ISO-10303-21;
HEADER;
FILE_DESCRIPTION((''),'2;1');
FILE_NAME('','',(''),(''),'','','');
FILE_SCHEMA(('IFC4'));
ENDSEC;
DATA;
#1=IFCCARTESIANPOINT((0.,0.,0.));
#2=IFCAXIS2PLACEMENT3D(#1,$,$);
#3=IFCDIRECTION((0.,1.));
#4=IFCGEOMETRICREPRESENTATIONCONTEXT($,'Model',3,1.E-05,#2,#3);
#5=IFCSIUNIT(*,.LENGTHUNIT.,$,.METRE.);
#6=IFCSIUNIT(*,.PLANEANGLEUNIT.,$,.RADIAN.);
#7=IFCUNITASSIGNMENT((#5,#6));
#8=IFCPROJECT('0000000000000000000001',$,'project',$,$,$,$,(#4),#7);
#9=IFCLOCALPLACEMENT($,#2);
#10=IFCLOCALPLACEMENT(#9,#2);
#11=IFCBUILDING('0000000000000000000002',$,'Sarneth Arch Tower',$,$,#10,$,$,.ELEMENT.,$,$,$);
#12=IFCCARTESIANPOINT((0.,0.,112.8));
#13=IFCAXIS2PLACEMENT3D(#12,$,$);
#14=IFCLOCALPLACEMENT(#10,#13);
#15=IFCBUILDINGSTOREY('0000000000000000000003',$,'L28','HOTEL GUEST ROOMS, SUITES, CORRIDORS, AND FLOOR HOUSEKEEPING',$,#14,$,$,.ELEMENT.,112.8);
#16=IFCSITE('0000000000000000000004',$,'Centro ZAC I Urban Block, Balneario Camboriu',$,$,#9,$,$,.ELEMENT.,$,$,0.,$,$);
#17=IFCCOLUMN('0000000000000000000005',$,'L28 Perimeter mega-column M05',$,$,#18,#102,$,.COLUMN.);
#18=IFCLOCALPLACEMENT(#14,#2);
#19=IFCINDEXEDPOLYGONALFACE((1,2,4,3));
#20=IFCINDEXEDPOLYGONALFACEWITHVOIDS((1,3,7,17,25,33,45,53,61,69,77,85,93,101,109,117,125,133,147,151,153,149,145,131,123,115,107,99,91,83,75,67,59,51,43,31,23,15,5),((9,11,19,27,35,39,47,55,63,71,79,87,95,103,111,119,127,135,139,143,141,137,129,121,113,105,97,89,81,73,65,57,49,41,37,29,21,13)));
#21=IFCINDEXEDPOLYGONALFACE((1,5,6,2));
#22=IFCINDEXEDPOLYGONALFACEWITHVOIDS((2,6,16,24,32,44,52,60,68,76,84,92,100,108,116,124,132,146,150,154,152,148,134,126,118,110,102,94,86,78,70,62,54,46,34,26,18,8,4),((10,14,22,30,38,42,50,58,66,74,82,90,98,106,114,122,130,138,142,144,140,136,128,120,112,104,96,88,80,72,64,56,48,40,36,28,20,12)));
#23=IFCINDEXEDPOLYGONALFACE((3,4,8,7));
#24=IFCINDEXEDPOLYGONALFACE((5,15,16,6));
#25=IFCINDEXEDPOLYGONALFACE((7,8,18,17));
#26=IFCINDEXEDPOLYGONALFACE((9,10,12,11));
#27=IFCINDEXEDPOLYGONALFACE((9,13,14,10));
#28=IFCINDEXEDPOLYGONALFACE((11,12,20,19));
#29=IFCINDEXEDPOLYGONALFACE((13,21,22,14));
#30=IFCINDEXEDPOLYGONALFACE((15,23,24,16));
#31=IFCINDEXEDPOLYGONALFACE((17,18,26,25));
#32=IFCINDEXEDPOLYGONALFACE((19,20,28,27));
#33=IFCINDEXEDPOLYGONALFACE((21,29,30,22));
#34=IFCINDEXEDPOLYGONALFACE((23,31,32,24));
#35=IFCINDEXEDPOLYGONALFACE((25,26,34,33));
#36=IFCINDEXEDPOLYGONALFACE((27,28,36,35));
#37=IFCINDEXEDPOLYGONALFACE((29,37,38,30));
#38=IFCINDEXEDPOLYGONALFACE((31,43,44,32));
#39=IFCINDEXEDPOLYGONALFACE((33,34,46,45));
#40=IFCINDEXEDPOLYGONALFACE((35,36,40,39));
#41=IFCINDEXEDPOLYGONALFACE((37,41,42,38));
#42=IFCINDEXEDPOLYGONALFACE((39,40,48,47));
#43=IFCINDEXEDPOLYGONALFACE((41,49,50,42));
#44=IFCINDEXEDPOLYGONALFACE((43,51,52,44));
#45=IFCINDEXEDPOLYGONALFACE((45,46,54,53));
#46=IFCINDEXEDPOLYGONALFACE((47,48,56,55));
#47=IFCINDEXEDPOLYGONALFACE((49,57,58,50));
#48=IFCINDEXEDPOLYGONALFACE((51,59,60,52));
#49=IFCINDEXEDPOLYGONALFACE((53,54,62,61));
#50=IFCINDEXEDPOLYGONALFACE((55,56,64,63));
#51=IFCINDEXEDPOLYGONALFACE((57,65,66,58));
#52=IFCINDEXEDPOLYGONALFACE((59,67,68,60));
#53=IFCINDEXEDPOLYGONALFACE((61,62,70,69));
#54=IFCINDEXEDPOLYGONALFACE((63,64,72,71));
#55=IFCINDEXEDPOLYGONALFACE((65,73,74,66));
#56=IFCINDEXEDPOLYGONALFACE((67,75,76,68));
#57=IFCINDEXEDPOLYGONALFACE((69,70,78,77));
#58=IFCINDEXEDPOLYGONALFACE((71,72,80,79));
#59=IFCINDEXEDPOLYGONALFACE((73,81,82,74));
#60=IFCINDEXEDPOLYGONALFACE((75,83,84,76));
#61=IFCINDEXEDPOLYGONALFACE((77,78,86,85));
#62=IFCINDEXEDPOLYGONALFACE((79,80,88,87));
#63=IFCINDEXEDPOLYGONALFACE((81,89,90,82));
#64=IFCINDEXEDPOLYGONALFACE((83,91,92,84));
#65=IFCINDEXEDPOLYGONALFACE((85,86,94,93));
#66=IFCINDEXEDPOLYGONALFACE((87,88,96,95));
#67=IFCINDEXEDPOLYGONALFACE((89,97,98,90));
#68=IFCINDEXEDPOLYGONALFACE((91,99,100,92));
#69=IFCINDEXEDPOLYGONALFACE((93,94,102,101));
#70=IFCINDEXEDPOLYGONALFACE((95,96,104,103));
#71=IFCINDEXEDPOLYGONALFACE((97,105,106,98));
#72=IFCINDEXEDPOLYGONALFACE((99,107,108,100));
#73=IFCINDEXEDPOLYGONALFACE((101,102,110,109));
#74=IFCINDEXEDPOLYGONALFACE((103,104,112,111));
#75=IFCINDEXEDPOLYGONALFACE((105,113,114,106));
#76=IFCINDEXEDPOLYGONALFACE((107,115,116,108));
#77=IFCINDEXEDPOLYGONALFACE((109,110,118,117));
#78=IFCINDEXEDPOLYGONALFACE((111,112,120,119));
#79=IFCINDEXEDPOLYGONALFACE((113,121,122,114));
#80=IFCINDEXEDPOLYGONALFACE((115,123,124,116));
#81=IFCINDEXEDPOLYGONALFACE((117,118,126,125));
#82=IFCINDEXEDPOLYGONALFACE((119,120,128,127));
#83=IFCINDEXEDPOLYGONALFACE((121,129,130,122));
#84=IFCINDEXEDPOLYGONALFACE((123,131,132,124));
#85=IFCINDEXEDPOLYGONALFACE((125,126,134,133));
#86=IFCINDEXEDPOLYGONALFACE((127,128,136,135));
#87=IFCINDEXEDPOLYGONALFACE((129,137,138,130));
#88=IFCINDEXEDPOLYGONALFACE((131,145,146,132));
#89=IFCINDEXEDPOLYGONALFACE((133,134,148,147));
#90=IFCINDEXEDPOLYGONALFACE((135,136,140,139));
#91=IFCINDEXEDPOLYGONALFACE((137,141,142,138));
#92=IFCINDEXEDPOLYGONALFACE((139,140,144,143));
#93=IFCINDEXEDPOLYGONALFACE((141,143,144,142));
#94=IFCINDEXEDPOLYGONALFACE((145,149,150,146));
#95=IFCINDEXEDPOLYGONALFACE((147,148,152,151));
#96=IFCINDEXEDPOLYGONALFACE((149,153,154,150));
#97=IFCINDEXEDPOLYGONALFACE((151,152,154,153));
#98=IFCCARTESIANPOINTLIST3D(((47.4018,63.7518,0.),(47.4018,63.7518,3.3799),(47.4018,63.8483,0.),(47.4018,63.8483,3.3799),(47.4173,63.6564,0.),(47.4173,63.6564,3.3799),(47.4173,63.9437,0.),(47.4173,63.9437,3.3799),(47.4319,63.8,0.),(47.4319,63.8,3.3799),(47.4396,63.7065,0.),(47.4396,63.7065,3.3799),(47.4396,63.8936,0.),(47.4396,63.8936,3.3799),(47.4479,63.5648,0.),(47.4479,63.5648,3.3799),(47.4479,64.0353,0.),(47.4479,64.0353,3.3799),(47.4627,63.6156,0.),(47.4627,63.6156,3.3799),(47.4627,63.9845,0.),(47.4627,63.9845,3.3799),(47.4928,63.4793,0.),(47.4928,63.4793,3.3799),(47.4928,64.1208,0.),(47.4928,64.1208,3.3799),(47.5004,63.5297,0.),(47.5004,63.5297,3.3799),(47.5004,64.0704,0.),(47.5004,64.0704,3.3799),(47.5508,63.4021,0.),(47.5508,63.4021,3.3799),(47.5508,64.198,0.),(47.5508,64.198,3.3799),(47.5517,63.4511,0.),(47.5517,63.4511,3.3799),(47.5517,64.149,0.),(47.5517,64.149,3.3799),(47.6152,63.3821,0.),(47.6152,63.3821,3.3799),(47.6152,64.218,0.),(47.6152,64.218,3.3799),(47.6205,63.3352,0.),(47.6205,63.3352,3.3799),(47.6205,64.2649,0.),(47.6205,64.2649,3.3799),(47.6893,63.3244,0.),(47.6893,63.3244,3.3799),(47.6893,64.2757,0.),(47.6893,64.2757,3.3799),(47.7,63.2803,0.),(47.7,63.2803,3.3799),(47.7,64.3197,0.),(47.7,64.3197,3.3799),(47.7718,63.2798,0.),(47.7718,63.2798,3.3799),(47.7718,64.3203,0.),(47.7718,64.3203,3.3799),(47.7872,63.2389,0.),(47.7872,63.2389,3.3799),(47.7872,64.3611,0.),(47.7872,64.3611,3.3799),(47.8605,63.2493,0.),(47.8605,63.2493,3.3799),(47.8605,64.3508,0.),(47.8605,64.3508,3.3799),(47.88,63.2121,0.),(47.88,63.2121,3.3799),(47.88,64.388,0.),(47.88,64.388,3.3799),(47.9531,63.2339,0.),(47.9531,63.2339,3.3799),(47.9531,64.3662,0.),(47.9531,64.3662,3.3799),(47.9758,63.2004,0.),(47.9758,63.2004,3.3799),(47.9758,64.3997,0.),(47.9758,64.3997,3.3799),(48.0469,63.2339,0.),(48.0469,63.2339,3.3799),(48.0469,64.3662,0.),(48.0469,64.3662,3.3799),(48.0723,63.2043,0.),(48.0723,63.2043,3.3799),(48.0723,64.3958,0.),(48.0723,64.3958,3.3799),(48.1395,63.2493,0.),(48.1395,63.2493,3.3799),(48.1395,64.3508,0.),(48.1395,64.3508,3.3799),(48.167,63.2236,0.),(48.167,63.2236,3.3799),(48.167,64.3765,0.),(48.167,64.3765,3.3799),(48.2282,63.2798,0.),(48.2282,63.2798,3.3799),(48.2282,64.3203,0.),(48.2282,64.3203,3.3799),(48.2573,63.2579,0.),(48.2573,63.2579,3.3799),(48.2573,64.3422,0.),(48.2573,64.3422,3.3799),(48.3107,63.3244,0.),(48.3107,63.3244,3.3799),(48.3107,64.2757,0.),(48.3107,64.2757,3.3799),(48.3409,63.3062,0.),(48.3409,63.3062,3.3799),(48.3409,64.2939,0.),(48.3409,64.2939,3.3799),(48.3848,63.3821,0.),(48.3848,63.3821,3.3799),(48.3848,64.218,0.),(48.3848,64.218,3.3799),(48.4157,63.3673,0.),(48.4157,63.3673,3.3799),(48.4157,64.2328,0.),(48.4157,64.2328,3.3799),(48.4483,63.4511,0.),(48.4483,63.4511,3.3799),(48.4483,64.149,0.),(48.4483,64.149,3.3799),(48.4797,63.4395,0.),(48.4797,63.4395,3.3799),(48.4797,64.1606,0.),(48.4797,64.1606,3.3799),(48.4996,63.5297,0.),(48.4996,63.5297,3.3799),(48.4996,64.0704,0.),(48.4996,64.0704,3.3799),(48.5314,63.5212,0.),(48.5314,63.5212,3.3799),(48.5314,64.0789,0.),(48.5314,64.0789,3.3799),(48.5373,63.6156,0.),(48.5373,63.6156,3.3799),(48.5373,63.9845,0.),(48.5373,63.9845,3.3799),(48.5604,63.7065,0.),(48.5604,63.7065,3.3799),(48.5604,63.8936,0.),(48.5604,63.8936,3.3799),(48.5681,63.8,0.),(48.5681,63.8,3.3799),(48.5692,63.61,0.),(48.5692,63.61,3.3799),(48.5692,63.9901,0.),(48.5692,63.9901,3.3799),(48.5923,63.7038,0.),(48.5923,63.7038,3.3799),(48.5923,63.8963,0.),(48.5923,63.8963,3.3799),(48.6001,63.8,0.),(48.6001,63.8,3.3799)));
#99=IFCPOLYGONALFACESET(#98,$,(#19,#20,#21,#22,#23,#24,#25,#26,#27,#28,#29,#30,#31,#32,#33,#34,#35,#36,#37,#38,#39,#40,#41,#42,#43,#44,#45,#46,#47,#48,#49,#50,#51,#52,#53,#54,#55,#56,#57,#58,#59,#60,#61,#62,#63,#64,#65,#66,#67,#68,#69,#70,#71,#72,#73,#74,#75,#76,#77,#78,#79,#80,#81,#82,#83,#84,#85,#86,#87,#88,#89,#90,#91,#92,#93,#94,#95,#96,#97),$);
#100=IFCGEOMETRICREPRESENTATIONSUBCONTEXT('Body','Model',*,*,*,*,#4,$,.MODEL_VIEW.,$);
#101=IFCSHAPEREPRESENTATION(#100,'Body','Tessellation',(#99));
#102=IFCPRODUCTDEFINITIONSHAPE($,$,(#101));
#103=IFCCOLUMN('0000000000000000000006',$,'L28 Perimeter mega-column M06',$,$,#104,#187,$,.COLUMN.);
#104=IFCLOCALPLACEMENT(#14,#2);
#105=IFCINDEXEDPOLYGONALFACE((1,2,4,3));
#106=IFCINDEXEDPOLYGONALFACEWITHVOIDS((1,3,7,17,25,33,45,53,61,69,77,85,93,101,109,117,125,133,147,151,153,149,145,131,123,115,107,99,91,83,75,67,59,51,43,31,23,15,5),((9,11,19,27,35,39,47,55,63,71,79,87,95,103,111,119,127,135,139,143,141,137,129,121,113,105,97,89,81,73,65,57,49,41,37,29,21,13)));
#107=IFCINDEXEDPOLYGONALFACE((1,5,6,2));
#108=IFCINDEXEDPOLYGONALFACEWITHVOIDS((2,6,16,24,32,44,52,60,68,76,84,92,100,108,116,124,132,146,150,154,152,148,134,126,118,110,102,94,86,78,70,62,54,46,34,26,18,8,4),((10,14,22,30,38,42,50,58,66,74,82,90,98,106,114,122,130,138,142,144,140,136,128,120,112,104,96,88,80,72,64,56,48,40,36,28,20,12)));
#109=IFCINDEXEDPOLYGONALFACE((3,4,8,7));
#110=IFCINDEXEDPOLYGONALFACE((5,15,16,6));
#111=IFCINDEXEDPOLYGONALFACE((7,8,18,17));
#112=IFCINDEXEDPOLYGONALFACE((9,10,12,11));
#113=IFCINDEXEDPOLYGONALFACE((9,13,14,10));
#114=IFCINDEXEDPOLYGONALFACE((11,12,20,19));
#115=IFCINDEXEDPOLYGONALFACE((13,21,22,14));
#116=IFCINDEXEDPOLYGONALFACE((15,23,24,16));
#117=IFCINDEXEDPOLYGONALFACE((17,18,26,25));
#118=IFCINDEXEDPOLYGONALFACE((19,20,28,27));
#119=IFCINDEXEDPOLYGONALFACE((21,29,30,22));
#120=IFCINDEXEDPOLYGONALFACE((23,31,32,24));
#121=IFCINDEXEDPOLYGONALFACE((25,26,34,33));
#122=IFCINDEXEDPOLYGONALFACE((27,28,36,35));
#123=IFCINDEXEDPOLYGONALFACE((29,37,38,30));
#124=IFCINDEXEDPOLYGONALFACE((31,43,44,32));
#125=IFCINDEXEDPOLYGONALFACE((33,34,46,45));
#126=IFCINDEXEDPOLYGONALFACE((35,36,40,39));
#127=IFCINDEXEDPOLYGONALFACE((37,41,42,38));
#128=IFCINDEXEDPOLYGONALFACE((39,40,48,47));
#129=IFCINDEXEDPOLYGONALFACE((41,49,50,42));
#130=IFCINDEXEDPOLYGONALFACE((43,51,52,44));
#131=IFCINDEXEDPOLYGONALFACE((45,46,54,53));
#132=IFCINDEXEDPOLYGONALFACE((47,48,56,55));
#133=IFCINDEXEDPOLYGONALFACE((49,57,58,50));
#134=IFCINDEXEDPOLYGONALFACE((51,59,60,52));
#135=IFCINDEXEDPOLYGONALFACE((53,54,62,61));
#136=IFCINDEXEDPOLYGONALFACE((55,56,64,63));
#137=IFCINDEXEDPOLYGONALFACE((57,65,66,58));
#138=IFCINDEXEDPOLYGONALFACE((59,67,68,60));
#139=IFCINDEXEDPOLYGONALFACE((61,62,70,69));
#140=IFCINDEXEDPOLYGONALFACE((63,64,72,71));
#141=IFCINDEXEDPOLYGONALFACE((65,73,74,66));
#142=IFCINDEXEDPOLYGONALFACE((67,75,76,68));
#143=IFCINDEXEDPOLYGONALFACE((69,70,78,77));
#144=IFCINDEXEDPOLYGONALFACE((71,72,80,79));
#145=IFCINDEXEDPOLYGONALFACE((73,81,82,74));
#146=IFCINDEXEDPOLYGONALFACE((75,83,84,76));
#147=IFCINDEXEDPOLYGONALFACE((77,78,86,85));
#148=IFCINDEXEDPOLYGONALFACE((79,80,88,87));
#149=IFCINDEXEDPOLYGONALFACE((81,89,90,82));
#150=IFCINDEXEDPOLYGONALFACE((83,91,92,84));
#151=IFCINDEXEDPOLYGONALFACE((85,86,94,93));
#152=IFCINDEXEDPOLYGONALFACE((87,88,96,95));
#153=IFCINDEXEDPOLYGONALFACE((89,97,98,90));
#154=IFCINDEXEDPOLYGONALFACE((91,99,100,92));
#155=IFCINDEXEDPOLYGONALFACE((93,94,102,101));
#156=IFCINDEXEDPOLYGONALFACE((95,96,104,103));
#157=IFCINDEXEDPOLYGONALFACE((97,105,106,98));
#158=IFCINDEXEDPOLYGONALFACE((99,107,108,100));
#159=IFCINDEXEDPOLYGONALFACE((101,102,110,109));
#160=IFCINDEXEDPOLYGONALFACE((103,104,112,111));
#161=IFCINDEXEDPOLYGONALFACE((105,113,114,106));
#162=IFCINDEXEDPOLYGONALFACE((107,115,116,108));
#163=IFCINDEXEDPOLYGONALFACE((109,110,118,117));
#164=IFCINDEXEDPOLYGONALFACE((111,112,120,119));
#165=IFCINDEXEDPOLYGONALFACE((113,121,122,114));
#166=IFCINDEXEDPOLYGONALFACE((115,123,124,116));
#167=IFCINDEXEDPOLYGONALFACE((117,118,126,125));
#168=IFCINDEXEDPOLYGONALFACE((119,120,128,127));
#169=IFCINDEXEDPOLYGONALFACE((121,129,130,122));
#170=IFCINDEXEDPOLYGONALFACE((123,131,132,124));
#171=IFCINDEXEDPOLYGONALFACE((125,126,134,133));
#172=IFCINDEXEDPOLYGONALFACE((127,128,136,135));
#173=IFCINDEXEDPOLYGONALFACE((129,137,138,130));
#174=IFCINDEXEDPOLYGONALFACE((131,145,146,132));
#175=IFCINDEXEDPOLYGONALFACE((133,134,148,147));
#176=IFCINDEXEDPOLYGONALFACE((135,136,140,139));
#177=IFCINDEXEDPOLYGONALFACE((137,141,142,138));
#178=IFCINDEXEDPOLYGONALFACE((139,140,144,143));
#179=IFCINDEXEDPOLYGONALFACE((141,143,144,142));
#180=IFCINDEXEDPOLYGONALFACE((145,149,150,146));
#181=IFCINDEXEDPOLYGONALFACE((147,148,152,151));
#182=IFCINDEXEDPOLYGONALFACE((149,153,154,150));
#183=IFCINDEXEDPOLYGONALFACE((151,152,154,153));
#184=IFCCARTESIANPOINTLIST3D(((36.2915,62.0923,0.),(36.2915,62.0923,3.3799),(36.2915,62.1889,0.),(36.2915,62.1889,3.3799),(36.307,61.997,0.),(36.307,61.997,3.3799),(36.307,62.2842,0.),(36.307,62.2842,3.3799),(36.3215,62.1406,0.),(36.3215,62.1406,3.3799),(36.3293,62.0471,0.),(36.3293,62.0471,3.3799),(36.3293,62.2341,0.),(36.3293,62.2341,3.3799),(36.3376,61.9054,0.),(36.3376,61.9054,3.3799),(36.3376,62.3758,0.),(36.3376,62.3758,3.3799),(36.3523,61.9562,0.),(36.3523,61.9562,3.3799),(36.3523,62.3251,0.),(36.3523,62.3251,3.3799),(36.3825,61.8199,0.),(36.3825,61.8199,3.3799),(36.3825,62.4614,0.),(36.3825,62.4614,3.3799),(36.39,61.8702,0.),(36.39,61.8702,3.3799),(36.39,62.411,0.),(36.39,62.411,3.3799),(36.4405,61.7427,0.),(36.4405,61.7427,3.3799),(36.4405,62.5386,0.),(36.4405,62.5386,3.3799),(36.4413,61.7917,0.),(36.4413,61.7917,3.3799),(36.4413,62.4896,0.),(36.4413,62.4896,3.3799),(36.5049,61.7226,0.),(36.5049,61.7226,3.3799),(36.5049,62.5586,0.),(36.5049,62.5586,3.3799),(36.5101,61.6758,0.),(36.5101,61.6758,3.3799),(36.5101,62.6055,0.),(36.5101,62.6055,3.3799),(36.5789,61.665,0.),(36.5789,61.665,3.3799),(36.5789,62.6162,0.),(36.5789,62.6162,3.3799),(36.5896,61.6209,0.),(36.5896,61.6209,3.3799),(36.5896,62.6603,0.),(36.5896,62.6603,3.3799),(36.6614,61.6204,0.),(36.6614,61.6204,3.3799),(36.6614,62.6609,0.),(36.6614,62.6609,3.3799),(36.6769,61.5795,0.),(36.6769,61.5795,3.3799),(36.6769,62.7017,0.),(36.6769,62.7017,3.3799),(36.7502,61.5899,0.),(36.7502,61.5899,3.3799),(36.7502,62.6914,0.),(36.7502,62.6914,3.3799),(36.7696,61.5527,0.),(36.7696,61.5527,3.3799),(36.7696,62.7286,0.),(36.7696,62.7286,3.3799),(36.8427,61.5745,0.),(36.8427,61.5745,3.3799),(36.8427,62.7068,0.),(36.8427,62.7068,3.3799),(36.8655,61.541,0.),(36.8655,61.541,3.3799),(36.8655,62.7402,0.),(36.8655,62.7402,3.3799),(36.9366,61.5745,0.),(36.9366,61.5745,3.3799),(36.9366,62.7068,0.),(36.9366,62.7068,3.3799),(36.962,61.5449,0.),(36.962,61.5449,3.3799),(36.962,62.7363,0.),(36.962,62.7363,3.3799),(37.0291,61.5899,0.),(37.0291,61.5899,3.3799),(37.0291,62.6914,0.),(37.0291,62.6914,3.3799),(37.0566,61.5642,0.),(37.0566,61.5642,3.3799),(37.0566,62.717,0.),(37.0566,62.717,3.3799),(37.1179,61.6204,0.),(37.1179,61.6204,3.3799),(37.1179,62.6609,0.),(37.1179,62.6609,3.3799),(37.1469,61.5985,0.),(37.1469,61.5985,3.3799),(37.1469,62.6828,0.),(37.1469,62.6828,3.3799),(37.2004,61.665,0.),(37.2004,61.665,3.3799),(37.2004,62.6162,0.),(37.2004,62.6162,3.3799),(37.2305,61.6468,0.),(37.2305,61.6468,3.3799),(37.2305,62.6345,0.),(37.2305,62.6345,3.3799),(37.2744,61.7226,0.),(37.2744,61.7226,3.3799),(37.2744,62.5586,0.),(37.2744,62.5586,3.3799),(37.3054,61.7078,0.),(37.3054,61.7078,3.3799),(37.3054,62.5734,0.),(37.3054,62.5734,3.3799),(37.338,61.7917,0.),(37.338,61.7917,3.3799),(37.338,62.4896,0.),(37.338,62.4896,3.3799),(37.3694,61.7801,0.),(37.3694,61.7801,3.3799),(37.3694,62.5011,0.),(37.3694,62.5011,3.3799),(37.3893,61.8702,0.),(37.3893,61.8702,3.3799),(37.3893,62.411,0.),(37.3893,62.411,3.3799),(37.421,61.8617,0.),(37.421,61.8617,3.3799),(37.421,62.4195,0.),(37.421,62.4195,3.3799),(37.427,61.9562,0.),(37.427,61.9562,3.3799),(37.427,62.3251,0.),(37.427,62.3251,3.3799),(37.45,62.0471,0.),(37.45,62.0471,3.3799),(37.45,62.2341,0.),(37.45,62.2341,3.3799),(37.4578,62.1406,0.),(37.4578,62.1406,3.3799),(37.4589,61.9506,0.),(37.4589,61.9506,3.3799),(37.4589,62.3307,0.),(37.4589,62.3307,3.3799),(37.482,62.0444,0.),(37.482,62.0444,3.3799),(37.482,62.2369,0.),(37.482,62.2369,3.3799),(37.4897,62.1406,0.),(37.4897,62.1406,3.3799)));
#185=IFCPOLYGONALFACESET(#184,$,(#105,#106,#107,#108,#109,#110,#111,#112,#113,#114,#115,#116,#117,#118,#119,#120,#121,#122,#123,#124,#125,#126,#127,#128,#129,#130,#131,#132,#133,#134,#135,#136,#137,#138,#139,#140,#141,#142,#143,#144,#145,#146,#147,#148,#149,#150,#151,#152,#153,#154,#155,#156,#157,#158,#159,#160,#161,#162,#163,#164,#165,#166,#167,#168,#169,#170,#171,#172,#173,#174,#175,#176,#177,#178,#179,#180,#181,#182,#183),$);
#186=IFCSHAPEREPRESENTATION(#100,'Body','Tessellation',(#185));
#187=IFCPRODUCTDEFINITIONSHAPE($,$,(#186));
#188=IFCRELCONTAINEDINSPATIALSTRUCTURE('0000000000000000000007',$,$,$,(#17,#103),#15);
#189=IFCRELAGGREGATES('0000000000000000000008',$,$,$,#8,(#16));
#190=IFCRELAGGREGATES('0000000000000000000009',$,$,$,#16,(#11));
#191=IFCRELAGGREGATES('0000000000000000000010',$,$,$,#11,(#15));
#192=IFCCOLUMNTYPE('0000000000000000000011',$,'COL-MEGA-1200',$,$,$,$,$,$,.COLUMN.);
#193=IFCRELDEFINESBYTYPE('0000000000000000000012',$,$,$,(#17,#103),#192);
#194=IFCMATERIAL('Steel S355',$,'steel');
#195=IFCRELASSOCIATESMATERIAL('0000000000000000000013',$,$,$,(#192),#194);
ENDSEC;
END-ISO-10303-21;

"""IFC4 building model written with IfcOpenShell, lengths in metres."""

from ifc_helpers import new_model, si_unit, direction, frame, origin, origin_2d, place, context, subcontext, project, spatial, hollow_circle, extrude, material, material_profile, profile_set, type_object, element, save


model = new_model("IFC4")

# Units and contexts
model_context = context("Model", 3, precision=1e-05, world=origin(), true_north=direction((0.0, 1.0)))
body_context = subcontext(model_context, "Body", "Model", "MODEL_VIEW")
ifc_project = project(units=[si_unit("LENGTHUNIT", "METRE"), si_unit("PLANEANGLEUNIT", "RADIAN")], contexts=[model_context])

# Site, building, storey
site_placement = place(None, origin())
site = spatial("IfcSite", under=ifc_project, at=site_placement, Name="Centro ZAC I Urban Block, Balneario Camboriu", CompositionType="ELEMENT", RefElevation=0.0)
building_placement = place(site_placement, origin())
building = spatial("IfcBuilding", under=site, at=building_placement, Name="Sarneth Arch Tower", CompositionType="ELEMENT")
storey_placement = place(building_placement, frame((0.0, 0.0, 112.8)))
storey = spatial("IfcBuildingStorey", under=building, at=storey_placement, Name="L28", Description="HOTEL GUEST ROOMS, SUITES, CORRIDORS, AND FLOOR HOUSEKEEPING", CompositionType="ELEMENT", Elevation=112.8)

# Columns
ifc_material_1 = material(Name="Steel S355", Category="steel")
ifc_material_profile_1 = material_profile(ifc_material_1, hollow_circle(Radius=0.6001, WallThickness=0.032, at=origin_2d()), Name="CHS1200x32")
ifc_profile_set_1 = profile_set([ifc_material_profile_1], Name="Steel S355")
column_type = type_object("IfcColumnType", Name="COL-MEGA-1200", PredefinedType="COLUMN", material=ifc_profile_set_1)
for number, where, z_axis, x_axis, name in (
    (1, (48.0, 63.8, 0.0), (0.0, 0.0, 1.0), (1.0, 0.0, 0.0), "L28 Perimeter mega-column M05"),
    (2, (36.8896, 62.1406, 0.0), (0.0, 0.0, 1.0), (1.0, 0.0, 0.0), "L28 Perimeter mega-column M06"),
):
    element("IfcColumn", number, at=place(storey_placement, frame(where, z_axis=z_axis, x_axis=x_axis)), inside=storey, type_object=column_type, Name=name, PredefinedType="COLUMN", context=body_context, shape_type="SweptSolid", body=[
        extrude(hollow_circle(Radius=0.6001, WallThickness=0.032, at=origin_2d()), origin(), (0.0, 0.0, 1.0), 3.3799),
    ])

save(model, "model.ifc")
